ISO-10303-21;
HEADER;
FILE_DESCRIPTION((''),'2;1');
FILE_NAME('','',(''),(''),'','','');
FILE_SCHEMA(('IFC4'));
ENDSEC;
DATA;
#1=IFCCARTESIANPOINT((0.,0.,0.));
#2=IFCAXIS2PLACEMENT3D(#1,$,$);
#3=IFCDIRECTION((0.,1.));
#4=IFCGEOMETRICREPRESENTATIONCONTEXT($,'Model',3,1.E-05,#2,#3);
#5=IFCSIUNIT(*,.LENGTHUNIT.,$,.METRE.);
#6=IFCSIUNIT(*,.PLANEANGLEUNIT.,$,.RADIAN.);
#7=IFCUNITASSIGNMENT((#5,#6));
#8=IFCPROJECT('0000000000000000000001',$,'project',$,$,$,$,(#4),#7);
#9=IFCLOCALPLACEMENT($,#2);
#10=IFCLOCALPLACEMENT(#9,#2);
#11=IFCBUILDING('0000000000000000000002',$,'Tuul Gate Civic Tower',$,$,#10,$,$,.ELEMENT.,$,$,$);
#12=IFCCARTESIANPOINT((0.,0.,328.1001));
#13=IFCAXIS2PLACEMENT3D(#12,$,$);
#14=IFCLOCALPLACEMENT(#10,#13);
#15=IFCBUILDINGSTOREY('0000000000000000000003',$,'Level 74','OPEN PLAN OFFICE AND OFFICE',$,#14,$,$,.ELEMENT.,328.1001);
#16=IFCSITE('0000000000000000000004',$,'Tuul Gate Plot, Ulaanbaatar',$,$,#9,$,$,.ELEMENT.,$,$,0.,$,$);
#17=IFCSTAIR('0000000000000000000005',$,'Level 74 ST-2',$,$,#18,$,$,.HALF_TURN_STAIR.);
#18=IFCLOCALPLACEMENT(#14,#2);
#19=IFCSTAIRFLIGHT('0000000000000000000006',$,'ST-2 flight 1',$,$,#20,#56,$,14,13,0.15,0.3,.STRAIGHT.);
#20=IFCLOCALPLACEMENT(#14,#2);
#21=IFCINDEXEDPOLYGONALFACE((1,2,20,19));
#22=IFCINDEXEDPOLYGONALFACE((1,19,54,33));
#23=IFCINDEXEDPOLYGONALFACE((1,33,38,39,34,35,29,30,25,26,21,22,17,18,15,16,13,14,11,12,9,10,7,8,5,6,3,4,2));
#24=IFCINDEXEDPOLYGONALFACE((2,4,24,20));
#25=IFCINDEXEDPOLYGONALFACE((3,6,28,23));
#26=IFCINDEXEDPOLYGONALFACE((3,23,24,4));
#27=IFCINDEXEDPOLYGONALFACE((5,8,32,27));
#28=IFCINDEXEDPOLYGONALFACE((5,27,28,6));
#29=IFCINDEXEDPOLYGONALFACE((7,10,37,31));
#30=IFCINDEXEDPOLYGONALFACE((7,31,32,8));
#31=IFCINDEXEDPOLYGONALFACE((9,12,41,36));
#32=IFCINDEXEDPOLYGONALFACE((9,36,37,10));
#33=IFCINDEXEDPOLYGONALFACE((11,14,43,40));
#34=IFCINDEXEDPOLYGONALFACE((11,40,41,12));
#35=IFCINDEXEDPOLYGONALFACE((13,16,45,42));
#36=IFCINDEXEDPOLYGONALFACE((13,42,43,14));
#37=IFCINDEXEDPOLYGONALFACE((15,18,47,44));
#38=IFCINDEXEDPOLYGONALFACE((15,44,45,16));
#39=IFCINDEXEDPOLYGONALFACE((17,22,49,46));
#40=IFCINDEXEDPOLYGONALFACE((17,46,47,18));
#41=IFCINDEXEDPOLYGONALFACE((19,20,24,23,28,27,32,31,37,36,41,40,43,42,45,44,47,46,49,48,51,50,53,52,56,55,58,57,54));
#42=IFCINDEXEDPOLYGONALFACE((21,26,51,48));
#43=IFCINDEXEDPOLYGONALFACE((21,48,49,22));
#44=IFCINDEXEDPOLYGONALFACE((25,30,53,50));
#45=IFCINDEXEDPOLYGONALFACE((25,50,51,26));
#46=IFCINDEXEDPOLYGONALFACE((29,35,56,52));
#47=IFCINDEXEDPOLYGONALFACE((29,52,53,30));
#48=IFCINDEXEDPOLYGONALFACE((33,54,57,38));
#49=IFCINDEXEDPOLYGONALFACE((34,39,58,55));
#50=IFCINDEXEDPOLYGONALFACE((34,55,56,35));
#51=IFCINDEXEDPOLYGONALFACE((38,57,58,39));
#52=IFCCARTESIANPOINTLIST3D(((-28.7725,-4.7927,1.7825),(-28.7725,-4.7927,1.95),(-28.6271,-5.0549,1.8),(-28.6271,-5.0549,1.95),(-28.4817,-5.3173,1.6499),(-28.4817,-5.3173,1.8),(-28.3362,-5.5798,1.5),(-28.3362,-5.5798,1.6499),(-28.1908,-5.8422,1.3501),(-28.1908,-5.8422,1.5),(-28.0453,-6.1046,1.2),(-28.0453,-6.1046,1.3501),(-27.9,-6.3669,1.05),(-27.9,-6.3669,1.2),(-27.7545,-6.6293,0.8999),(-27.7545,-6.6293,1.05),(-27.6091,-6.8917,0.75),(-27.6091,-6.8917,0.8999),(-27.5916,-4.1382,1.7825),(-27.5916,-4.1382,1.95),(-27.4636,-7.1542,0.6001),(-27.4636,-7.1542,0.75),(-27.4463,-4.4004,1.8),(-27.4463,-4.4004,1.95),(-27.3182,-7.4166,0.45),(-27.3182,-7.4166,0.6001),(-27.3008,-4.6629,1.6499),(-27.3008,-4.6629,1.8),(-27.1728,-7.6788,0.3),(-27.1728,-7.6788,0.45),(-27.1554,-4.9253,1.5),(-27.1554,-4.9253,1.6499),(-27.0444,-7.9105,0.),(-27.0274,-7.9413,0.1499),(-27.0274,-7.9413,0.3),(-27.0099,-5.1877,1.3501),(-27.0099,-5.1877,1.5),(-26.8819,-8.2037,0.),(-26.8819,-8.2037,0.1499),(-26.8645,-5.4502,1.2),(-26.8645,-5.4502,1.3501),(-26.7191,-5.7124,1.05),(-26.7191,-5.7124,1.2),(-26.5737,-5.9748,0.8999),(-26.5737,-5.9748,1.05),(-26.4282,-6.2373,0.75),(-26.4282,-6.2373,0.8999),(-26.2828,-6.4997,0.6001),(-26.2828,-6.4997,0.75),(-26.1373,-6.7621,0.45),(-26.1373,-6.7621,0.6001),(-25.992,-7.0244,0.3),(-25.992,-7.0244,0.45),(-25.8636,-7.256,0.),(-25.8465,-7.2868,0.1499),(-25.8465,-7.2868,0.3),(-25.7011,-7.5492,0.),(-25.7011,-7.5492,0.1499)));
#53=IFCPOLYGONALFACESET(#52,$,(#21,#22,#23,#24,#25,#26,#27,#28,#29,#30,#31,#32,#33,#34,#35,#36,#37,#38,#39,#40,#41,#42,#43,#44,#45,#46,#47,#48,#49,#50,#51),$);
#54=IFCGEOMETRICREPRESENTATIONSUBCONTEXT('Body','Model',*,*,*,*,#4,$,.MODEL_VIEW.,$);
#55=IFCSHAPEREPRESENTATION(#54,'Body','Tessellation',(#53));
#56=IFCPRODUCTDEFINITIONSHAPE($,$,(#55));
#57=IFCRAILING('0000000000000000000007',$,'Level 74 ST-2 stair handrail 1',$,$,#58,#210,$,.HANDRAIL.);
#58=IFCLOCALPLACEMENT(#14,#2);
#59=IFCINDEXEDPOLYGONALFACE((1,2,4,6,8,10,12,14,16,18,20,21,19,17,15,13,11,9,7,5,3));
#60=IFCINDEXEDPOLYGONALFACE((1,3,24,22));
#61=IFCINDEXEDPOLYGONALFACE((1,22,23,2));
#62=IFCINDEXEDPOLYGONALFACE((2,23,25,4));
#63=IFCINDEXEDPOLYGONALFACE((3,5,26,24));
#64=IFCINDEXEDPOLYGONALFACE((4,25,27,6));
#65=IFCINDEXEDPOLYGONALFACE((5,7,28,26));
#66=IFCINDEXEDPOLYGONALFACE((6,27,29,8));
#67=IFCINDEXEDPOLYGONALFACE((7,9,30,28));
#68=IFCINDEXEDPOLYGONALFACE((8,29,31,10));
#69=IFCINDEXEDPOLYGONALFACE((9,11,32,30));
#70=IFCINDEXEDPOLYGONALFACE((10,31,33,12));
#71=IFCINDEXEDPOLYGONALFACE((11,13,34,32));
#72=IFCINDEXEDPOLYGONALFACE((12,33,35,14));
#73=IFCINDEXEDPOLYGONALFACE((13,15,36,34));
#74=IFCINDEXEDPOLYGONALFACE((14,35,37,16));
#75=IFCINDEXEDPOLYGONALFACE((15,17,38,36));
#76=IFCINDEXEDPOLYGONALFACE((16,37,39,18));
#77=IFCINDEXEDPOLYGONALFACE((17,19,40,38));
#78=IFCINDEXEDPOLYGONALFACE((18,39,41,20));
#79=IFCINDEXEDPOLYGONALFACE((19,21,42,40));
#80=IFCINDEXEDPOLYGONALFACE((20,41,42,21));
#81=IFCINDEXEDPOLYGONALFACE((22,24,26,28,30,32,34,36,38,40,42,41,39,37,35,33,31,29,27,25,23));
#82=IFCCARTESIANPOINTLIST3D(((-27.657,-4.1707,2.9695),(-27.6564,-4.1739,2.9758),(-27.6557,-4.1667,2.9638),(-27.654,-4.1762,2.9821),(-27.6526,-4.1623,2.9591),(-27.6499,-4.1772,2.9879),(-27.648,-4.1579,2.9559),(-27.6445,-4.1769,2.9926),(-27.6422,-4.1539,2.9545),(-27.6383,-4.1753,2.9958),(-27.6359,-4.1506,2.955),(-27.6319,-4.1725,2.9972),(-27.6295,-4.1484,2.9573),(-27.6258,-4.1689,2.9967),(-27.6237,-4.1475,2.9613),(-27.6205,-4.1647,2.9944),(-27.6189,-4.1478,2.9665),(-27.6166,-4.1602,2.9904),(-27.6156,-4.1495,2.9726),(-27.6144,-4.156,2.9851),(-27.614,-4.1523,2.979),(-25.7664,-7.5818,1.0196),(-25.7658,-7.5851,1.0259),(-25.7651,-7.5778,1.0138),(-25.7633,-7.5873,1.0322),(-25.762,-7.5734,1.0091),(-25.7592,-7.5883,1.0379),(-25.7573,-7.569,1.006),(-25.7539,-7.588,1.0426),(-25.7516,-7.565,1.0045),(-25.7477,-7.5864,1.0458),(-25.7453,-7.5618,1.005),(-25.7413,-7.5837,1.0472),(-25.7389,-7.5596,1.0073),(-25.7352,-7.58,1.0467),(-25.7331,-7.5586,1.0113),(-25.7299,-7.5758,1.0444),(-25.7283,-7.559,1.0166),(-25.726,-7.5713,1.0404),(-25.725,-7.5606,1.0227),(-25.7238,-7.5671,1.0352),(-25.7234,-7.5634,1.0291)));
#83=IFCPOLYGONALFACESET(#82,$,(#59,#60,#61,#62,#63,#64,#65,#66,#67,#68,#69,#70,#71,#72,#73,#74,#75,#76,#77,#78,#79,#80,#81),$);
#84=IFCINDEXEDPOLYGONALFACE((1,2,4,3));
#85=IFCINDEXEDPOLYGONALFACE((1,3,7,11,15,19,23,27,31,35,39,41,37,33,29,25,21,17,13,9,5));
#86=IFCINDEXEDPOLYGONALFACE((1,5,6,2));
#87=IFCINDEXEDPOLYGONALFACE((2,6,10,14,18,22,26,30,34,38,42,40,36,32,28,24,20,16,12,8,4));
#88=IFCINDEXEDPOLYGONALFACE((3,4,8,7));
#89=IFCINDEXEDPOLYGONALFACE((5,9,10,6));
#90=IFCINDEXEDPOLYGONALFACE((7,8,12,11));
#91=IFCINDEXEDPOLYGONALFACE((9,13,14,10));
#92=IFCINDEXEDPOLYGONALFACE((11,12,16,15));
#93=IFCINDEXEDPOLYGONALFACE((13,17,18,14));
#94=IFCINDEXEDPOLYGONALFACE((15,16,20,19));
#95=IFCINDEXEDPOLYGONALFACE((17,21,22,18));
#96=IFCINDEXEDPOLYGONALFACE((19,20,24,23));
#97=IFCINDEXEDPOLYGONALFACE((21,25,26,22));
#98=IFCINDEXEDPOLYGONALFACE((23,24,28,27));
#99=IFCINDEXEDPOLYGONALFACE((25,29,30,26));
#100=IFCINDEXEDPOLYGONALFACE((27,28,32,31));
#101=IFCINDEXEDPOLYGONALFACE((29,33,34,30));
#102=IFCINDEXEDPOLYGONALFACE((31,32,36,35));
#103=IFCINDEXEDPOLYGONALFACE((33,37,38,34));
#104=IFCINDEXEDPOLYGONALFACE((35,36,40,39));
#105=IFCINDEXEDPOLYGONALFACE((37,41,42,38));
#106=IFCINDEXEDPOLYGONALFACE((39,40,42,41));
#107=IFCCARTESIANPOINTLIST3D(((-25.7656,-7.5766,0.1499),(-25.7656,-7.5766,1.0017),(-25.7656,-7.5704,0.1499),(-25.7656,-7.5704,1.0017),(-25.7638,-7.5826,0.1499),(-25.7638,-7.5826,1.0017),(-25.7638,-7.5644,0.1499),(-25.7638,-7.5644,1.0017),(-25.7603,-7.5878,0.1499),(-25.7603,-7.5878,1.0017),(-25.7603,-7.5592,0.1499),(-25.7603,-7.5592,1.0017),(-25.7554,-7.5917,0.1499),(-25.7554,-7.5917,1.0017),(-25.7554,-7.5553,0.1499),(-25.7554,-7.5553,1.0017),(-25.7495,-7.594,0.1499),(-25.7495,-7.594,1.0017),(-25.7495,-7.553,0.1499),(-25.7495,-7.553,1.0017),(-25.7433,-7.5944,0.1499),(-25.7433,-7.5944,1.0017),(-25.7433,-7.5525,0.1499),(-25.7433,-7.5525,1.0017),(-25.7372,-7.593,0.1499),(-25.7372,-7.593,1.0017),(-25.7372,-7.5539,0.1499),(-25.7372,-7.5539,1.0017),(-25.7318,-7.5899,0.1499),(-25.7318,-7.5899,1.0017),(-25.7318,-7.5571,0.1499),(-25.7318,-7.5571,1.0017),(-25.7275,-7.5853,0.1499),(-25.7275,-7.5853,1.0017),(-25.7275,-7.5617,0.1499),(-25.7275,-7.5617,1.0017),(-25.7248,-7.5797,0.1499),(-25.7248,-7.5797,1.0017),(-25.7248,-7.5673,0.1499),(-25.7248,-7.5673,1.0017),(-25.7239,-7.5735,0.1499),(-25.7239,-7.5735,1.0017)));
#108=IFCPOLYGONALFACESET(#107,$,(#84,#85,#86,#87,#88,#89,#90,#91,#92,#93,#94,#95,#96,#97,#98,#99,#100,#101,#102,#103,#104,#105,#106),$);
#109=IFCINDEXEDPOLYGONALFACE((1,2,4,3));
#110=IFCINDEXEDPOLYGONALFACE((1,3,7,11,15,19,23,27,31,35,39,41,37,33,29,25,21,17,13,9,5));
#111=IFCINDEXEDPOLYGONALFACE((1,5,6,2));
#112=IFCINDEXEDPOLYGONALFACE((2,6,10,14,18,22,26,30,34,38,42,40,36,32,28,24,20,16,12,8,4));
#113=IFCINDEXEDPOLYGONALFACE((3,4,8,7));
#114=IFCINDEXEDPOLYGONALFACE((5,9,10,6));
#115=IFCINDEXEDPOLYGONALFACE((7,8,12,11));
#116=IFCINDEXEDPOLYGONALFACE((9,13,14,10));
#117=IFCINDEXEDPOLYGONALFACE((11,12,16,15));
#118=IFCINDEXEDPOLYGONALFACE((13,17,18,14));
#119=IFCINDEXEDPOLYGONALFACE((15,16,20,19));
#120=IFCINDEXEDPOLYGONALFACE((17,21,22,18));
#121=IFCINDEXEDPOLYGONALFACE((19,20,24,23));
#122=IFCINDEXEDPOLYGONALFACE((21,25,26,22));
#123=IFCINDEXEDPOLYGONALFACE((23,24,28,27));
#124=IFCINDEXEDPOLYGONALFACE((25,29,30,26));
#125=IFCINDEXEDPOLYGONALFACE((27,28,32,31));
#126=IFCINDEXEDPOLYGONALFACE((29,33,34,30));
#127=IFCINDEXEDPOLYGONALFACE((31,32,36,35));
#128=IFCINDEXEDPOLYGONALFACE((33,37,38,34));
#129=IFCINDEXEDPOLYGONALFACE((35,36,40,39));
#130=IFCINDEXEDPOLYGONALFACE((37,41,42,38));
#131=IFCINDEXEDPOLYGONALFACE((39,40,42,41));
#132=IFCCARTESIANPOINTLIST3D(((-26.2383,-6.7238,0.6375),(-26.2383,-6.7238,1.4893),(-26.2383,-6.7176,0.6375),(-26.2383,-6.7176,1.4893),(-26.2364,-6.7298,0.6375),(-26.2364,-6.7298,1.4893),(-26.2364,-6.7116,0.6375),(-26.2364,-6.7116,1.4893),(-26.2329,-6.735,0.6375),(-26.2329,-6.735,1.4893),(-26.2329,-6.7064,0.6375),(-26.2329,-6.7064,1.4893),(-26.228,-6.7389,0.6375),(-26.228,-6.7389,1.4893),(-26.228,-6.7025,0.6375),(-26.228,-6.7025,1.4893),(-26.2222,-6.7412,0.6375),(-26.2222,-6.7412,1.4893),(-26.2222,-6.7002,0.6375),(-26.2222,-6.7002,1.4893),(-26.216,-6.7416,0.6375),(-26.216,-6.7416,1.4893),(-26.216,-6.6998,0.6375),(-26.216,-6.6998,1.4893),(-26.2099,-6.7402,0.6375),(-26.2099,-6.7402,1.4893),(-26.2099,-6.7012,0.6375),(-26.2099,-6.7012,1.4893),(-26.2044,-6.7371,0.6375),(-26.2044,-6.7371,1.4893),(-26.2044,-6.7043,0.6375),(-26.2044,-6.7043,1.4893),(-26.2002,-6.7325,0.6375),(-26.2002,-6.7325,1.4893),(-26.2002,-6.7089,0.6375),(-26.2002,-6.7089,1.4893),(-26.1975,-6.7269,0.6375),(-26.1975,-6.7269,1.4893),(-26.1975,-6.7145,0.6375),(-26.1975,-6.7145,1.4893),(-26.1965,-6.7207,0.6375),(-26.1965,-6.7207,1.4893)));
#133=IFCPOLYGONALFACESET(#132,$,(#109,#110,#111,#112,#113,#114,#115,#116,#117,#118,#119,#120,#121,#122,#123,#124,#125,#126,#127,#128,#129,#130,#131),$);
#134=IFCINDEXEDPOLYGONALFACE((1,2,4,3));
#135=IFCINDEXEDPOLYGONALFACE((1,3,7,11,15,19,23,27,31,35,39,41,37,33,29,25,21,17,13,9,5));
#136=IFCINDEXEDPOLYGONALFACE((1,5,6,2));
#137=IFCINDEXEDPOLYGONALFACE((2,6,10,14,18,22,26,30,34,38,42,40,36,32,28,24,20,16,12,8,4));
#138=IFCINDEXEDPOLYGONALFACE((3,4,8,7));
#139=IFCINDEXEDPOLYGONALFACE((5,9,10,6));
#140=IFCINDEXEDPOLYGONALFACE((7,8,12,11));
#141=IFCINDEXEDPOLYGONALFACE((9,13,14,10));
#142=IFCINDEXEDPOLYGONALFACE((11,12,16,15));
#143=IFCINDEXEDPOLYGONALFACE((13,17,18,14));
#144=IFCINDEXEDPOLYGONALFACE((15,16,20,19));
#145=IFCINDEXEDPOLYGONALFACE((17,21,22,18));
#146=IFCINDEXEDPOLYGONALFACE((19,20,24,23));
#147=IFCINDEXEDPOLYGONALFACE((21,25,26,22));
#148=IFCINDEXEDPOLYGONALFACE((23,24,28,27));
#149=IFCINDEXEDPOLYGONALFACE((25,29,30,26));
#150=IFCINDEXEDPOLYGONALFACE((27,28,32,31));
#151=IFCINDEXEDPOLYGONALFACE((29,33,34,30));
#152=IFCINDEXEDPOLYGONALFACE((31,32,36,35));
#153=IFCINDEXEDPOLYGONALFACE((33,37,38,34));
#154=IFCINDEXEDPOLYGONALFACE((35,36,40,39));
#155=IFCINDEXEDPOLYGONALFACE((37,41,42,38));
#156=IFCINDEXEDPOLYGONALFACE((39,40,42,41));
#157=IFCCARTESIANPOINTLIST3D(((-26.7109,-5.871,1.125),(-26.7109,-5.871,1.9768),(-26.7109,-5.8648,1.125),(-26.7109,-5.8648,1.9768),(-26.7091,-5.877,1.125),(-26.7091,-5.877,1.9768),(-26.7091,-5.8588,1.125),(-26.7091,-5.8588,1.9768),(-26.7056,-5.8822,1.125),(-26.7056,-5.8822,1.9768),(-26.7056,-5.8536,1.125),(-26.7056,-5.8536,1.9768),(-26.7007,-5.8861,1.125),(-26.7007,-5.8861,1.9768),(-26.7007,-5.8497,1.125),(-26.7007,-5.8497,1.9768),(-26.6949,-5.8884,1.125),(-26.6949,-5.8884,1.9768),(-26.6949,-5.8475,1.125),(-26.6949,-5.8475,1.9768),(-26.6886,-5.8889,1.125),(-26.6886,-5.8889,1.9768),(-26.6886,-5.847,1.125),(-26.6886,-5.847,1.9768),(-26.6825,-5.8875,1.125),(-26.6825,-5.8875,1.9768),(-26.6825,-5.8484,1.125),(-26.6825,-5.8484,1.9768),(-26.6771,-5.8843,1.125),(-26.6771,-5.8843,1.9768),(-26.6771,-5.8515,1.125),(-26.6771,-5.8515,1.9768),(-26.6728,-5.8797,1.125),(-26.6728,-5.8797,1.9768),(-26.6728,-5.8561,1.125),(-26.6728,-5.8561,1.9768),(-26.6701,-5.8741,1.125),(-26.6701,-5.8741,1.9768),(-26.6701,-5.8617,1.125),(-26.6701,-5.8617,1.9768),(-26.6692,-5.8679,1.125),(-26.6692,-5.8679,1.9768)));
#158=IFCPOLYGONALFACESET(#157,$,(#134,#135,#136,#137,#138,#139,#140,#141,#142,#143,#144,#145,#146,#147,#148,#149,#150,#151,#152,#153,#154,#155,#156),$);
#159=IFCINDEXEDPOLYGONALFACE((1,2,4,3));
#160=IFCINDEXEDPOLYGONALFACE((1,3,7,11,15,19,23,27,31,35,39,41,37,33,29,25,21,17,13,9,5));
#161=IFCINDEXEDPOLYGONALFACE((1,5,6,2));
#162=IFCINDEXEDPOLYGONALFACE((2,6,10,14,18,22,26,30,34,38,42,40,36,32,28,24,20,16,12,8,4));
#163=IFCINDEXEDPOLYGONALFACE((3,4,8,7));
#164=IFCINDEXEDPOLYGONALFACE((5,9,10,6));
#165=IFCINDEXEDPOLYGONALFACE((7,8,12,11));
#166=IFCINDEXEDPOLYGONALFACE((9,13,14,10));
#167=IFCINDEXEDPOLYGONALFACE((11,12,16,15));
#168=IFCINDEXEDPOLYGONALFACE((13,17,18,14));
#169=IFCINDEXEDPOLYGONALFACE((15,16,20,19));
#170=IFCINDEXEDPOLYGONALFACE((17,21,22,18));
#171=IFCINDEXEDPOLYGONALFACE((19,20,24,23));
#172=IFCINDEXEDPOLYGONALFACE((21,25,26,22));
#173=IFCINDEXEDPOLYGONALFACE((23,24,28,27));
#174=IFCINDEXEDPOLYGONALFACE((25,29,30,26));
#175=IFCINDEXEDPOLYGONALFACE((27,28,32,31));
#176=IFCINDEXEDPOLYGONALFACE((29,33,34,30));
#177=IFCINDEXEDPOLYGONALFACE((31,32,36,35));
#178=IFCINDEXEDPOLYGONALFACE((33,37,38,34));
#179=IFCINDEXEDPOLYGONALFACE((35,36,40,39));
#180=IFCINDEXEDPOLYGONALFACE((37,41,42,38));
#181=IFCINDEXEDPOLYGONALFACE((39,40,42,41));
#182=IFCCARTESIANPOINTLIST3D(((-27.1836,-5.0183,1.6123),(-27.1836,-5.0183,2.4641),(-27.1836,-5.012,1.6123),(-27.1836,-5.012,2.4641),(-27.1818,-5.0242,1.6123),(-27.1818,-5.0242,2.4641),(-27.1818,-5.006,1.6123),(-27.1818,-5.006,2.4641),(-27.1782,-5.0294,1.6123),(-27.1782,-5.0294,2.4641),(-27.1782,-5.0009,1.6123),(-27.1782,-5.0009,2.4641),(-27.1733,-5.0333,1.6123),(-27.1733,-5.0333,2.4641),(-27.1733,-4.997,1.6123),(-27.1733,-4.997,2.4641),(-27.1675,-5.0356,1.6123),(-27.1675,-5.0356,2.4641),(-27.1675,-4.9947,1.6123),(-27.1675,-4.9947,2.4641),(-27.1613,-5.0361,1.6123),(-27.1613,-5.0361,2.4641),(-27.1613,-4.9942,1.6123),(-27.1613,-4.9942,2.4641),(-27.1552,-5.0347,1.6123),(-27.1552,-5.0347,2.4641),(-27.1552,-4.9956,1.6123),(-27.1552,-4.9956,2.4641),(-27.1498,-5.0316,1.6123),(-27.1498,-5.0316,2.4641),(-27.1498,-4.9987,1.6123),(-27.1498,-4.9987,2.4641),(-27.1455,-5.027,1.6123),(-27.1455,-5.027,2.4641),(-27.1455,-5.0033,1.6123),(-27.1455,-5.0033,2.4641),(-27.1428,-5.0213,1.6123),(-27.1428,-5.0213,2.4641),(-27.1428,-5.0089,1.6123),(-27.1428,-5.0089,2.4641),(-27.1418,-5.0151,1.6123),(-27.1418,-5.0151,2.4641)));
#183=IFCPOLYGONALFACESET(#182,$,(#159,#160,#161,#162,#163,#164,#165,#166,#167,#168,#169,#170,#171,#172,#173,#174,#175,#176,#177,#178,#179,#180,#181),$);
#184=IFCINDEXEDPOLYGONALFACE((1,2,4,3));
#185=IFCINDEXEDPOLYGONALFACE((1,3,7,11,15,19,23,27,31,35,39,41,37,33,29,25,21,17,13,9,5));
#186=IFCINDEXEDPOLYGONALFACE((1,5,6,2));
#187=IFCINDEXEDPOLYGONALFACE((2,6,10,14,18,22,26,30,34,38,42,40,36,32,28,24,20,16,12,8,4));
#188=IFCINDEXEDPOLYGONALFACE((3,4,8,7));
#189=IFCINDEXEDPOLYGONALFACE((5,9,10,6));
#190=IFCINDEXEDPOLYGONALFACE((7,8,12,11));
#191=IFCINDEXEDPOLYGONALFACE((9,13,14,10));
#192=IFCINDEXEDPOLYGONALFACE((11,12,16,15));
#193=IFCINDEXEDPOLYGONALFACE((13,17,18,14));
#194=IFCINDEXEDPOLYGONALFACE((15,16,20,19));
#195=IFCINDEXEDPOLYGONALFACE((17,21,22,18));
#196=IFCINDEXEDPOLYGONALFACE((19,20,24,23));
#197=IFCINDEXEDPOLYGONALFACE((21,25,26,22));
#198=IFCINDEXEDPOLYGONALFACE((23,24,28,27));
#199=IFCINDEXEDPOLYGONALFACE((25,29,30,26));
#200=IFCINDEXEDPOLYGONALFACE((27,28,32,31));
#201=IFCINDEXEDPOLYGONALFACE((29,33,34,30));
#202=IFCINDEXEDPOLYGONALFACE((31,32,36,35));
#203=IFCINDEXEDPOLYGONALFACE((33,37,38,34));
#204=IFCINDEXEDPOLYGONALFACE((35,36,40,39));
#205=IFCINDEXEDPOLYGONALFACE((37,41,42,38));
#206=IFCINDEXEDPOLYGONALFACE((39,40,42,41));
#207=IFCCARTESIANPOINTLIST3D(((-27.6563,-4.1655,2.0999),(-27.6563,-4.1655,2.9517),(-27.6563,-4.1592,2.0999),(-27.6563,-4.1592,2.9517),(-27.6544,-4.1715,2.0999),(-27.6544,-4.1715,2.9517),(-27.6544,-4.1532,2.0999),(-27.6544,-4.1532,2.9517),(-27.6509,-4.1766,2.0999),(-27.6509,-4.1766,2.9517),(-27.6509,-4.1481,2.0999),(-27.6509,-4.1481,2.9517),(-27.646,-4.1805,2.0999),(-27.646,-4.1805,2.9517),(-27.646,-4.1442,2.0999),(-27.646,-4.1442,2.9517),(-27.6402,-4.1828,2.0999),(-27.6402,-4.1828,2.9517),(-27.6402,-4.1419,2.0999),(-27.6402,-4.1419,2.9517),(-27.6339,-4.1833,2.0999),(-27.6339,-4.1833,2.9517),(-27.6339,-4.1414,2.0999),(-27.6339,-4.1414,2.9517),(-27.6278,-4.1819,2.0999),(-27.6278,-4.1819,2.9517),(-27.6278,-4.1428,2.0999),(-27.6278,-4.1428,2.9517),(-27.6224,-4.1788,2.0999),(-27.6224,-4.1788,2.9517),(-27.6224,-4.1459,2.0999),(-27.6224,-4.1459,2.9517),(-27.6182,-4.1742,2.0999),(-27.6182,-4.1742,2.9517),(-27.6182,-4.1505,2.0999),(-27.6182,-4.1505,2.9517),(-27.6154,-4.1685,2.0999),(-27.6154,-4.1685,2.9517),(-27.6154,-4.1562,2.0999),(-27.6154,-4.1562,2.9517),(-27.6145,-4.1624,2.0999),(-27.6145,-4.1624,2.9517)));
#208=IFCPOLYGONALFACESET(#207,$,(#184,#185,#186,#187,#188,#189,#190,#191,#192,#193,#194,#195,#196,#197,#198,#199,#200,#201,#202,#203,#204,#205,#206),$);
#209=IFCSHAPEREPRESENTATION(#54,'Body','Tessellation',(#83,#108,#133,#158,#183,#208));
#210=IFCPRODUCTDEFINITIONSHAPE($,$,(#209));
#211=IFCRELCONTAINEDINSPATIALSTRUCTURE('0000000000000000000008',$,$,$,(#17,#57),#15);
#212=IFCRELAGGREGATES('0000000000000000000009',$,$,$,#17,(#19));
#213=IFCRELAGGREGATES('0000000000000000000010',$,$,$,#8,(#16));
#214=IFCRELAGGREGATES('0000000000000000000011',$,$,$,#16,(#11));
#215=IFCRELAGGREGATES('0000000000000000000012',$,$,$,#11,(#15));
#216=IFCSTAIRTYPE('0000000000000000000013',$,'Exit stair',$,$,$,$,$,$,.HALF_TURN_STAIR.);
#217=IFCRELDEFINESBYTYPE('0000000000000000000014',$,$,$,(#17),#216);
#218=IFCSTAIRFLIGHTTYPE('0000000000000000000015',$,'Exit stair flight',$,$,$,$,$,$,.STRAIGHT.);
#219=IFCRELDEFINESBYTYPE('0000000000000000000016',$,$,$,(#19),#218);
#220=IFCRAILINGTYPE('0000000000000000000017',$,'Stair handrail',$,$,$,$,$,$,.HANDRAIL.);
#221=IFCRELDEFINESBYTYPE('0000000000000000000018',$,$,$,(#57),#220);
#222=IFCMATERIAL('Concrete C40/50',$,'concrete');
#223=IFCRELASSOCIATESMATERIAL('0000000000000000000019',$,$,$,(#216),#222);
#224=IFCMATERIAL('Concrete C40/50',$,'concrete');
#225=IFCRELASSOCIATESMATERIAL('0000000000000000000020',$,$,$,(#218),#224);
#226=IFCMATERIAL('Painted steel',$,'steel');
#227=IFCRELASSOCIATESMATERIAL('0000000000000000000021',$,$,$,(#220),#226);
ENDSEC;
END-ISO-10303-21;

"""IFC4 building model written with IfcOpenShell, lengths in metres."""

from ifc_helpers import new_model, si_unit, direction, frame, origin, origin_2d, place, context, subcontext, project, spatial, polyline, circle, outline, extrude, material, type_object, element, aggregate, save


model = new_model("IFC4")

# Units and contexts
model_context = context("Model", 3, precision=1e-05, world=origin(), true_north=direction((0.0, 1.0)))
body_context = subcontext(model_context, "Body", "Model", "MODEL_VIEW")
ifc_project = project(units=[si_unit("LENGTHUNIT", "METRE"), si_unit("PLANEANGLEUNIT", "RADIAN")], contexts=[model_context])

# Site, building, storey
site_placement = place(None, origin())
site = spatial("IfcSite", under=ifc_project, at=site_placement, Name="Tuul Gate Plot, Ulaanbaatar", CompositionType="ELEMENT", RefElevation=0.0)
building_placement = place(site_placement, origin())
building = spatial("IfcBuilding", under=site, at=building_placement, Name="Tuul Gate Civic Tower", CompositionType="ELEMENT")
storey_placement = place(building_placement, frame((0.0, 0.0, 328.1001)))
storey = spatial("IfcBuildingStorey", under=building, at=storey_placement, Name="Level 74", Description="OPEN PLAN OFFICE AND OFFICE", CompositionType="ELEMENT", Elevation=328.1001)

# Stair, stair flight
ifc_material_1 = material(Name="Concrete C40/50", Category="concrete")
stair_type = type_object("IfcStairType", Name="Exit stair", PredefinedType="HALF_TURN_STAIR", material=ifc_material_1)
stair_placement = place(storey_placement, origin())
stair = element("IfcStair", 1, at=stair_placement, inside=storey, type_object=stair_type, Name="Level 74 ST-2", PredefinedType="HALF_TURN_STAIR")
ifc_material_2 = material(Name="Concrete C40/50", Category="concrete")
stair_flight_type = type_object("IfcStairFlightType", Name="Exit stair flight", PredefinedType="STRAIGHT", material=ifc_material_2)
stair_flight_placement = place(storey_placement, frame((-26.2915, -7.8765, 0.0), z_axis=(0.0, 0.0, 1.0), x_axis=(-0.484762, 0.874646, 0.0)))
stair_flight = element("IfcStairFlight", 2, at=stair_flight_placement, type_object=stair_flight_type, Name="ST-2 flight 1", NumberOfRisers=14, NumberOfTreads=13, PredefinedType="STRAIGHT", RiserHeight=0.15, TreadLength=0.3, context=body_context, shape_type="SweptSolid", body=[
    extrude(outline(polyline([(0.0, 0.0), (0.0, 0.1499), (0.3, 0.1499), (0.3, 0.3), (0.6001, 0.3), (0.6001, 0.45), (0.8999, 0.45), (0.8999, 0.6001), (1.2, 0.6001), (1.2, 0.75), (1.5, 0.75), (1.5, 0.8999), (1.8, 0.8999), (1.8, 1.05), (2.1001, 1.05), (2.1001, 1.2), (2.3999, 1.2), (2.3999, 1.3501), (2.7, 1.3501), (2.7, 1.5), (3.0, 1.5), (3.0, 1.6499), (3.3, 1.6499), (3.3, 1.8), (3.6001, 1.8), (3.6001, 1.95), (3.8999, 1.95), (3.8999, 2.1001), (3.8999, 1.7825), (0.3352, 0.0), (0.0, 0.0)])), frame((0.0, 0.675, 0.0), z_axis=(0.0, -1.0, 0.0), x_axis=(1.0, 0.0, 0.0)), (0.0, 0.0, 1.0), 1.3501),
])
aggregate(stair, [stair_flight])

# Railing
ifc_material_3 = material(Name="Painted steel", Category="steel")
railing_type_1 = type_object("IfcRailingType", Name="Stair handrail", PredefinedType="HANDRAIL", material=ifc_material_3)
railing_1_placement = place(storey_placement, frame((-25.7449, -7.5735, 0.1499)))
element("IfcRailing", 3, at=railing_1_placement, inside=storey, type_object=railing_type_1, Name="Level 74 ST-2 stair handrail 1", PredefinedType="HANDRAIL", context=body_context, shape_type="SweptSolid", body=[
    extrude(circle(Radius=0.0239, at=origin_2d()), frame((0.0, 0.0, 0.876), z_axis=(-0.433595, 0.782308, 0.447201), x_axis=(-0.874641, -0.484771, 0.0)), (0.0, 0.0, 1.0), 4.3604),
    extrude(circle(Radius=0.021, at=origin_2d()), origin(), (0.0, 0.0, 1.0), 0.8518),
    extrude(circle(Radius=0.021, at=origin_2d()), frame((-0.4727, 0.8528, 0.4875)), (0.0, 0.0, 1.0), 0.8518),
    extrude(circle(Radius=0.021, at=origin_2d()), frame((-0.9453, 1.7056, 0.9751)), (0.0, 0.0, 1.0), 0.8518),
    extrude(circle(Radius=0.021, at=origin_2d()), frame((-1.418, 2.5583, 1.4624)), (0.0, 0.0, 1.0), 0.8518),
    extrude(circle(Radius=0.021, at=origin_2d()), frame((-1.8906, 3.4111, 1.95)), (0.0, 0.0, 1.0), 0.8518),
])

save(model, "model.ifc")
